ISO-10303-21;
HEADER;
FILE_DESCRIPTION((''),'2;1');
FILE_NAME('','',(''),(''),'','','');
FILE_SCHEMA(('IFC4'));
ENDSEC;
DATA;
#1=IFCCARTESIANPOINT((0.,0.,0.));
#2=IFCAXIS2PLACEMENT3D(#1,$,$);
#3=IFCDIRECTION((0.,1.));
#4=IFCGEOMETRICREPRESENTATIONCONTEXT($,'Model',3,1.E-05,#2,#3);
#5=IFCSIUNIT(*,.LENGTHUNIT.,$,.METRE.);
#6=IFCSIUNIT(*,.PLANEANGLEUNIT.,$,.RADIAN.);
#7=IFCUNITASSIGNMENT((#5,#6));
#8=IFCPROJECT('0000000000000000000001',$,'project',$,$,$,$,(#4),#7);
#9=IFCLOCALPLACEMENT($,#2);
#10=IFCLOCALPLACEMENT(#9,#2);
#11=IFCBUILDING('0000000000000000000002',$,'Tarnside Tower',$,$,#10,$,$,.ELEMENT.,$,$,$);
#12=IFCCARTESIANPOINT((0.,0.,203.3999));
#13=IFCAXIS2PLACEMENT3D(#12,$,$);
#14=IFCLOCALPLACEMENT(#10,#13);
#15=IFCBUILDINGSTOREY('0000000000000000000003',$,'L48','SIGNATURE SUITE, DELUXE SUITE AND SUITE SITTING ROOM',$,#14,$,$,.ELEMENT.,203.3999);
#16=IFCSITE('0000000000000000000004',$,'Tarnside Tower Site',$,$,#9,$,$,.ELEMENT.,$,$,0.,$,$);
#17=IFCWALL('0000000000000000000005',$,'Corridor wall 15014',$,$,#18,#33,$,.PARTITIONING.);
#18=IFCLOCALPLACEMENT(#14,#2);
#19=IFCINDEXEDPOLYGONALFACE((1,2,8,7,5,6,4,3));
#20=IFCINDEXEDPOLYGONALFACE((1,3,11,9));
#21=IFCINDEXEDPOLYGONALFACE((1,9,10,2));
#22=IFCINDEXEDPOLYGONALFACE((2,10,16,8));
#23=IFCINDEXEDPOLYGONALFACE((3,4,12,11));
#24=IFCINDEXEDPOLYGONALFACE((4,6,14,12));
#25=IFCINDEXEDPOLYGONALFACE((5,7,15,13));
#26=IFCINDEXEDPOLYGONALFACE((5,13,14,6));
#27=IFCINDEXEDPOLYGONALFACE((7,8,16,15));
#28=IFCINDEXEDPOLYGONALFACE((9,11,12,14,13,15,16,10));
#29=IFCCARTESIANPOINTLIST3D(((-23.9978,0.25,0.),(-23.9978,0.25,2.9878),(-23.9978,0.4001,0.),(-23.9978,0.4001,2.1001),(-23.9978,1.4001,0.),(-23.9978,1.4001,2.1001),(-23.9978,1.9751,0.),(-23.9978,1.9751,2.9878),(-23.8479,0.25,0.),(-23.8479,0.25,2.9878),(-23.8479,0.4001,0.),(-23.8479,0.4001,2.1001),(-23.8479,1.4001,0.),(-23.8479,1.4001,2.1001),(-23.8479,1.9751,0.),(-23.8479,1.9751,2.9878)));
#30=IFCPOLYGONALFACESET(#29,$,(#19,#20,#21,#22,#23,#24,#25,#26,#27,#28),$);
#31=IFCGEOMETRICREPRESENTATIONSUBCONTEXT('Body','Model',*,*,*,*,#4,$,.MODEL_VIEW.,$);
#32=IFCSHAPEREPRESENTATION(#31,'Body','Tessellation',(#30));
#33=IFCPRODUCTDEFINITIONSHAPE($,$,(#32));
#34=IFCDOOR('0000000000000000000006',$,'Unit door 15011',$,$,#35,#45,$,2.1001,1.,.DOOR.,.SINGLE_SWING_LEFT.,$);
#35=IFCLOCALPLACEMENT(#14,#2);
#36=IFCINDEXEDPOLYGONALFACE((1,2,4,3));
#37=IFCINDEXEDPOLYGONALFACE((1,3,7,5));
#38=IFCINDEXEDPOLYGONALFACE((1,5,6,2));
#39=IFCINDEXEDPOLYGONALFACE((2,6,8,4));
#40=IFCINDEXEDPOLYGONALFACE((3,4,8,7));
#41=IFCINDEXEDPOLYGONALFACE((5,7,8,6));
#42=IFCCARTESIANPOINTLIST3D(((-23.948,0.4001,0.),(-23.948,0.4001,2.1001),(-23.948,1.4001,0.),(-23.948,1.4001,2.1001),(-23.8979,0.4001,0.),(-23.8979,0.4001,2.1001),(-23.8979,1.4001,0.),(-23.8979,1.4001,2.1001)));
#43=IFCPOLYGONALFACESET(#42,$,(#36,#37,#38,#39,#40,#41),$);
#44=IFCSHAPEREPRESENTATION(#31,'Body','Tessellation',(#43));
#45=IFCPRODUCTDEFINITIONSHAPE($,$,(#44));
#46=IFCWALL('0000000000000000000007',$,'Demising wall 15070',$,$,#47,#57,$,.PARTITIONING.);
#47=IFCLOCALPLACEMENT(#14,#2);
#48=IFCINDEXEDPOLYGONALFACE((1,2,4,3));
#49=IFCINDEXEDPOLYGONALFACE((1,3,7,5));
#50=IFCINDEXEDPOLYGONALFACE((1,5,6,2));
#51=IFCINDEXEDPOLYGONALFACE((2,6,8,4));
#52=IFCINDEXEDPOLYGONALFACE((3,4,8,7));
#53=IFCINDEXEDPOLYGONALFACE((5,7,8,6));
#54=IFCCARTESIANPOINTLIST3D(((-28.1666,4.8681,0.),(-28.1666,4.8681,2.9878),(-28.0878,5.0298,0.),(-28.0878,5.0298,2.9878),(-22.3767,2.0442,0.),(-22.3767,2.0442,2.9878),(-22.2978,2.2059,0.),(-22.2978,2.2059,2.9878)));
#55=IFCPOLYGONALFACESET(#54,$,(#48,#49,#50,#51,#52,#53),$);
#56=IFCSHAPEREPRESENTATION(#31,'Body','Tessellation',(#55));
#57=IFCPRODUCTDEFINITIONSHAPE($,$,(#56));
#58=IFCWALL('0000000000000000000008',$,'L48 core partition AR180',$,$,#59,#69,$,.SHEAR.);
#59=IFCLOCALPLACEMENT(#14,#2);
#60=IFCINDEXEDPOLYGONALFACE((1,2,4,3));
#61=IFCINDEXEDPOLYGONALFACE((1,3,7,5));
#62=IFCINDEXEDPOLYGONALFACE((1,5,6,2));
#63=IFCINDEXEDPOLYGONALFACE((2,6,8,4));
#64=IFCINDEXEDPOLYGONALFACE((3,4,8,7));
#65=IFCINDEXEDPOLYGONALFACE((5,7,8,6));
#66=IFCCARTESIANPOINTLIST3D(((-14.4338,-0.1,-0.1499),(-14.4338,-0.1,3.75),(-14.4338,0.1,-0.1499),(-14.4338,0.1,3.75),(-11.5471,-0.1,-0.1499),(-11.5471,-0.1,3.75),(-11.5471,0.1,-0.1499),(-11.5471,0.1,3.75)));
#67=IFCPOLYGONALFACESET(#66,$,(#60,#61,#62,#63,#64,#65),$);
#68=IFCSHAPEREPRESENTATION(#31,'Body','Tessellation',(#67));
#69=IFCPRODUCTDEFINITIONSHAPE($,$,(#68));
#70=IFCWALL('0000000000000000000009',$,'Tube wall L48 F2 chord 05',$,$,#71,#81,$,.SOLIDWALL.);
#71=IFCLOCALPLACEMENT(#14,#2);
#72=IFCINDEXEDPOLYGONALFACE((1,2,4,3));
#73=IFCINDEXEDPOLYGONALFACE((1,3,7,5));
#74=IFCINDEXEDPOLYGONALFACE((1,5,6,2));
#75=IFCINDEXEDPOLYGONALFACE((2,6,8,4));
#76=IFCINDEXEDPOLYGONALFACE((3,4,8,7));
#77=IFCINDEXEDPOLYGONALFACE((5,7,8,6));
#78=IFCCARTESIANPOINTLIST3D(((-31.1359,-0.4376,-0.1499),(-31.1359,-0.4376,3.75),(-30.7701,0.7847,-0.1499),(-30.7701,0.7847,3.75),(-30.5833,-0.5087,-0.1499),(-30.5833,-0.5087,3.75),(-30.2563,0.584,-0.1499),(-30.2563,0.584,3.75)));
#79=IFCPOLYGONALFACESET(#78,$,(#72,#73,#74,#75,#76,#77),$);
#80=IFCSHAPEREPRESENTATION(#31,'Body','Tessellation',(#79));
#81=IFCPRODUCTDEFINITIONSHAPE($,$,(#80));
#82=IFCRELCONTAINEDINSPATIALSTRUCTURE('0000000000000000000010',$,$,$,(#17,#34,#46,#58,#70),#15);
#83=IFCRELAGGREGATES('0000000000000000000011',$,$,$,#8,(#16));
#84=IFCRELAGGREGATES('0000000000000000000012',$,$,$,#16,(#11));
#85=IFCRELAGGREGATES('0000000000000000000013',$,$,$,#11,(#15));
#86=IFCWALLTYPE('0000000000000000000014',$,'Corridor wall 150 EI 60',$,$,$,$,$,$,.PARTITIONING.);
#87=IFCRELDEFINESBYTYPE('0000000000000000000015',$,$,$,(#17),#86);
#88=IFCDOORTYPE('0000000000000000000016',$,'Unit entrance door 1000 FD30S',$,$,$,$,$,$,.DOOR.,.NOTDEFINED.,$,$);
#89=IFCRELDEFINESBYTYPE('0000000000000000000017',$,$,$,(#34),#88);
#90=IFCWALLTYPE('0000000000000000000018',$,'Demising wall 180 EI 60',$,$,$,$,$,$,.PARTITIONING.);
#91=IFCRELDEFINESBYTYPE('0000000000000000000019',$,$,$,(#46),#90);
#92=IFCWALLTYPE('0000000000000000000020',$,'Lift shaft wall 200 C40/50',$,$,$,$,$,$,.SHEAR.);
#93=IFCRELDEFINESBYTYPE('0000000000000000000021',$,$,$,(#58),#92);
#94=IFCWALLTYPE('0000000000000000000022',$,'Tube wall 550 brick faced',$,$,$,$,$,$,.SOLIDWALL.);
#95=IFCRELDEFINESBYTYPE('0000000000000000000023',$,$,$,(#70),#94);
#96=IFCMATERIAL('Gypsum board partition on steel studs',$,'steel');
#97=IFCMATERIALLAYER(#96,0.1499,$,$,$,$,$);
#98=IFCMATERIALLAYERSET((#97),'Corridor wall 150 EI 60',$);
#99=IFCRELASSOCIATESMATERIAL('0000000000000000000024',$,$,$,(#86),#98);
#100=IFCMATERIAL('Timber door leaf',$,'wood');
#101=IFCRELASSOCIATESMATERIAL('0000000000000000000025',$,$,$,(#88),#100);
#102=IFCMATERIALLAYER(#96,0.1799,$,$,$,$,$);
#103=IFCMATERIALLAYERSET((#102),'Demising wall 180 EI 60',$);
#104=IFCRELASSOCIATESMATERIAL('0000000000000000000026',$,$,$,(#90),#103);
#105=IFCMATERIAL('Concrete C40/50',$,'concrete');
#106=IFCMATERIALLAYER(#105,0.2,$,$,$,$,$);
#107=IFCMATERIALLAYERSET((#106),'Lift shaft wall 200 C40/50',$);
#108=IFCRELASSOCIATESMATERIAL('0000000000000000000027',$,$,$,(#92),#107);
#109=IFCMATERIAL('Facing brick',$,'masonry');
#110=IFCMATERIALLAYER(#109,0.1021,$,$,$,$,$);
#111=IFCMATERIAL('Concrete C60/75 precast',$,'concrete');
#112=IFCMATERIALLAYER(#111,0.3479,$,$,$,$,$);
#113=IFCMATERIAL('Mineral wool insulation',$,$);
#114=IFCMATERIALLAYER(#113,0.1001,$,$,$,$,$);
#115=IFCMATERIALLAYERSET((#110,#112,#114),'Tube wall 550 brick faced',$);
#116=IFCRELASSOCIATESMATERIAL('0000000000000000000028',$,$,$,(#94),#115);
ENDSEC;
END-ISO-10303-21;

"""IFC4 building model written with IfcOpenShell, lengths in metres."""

from ifc_helpers import new_model, si_unit, direction, frame, frame_2d, origin, place, context, subcontext, project, spatial, polyline, rectangle, outline, extrude, material, layer, layer_set, type_object, element, fill, save


model = new_model("IFC4")

# Units and contexts
model_context = context("Model", 3, precision=1e-05, world=origin(), true_north=direction((0.0, 1.0)))
body_context = subcontext(model_context, "Body", "Model", "MODEL_VIEW")
ifc_project = project(units=[si_unit("LENGTHUNIT", "METRE"), si_unit("PLANEANGLEUNIT", "RADIAN")], contexts=[model_context])

# Site, building, storey
site_placement = place(None, origin())
site = spatial("IfcSite", under=ifc_project, at=site_placement, Name="Tarnside Tower Site", CompositionType="ELEMENT", RefElevation=0.0)
building_placement = place(site_placement, origin())
building = spatial("IfcBuilding", under=site, at=building_placement, Name="Tarnside Tower", CompositionType="ELEMENT")
storey_placement = place(building_placement, frame((0.0, 0.0, 203.3999)))
storey = spatial("IfcBuildingStorey", under=building, at=storey_placement, Name="L48", Description="SIGNATURE SUITE, DELUXE SUITE AND SUITE SITTING ROOM", CompositionType="ELEMENT", Elevation=203.3999)

# Shared definitions
ifc_material_1 = material(Name="Gypsum board partition on steel studs", Category="steel")

# Shared definitions
ifc_material_2 = material(Name="Timber door leaf", Category="wood")

# Shared definitions
ifc_layer_1 = layer(ifc_material_1, 0.1499)
ifc_layer_set_1 = layer_set([ifc_layer_1], Name="Corridor wall 150 EI 60")
wall_type_1 = type_object("IfcWallType", Name="Corridor wall 150 EI 60", PredefinedType="PARTITIONING", material=ifc_layer_set_1)

# Wall, opening, door
wall_1_placement = place(storey_placement, frame((-23.9229, 1.9751, 0.0), z_axis=(0.0, 0.0, 1.0), x_axis=(0.0, -1.0, 0.0)))
wall_1 = element("IfcWall", 1, at=wall_1_placement, inside=storey, type_object=wall_type_1, Name="Corridor wall 15014", PredefinedType="PARTITIONING", context=body_context, shape_type="SweptSolid", body=[
    extrude(rectangle(XDim=1.7251, YDim=0.1499, at=frame_2d((0.8625, 0.0))), origin(), (0.0, 0.0, 1.0), 2.9878),
])
opening_1_placement = place(wall_1_placement, frame((0.575, 0.0, 0.0)))
opening_1 = element("IfcOpeningElement", 2, at=opening_1_placement, cuts=wall_1, PredefinedType="OPENING", context=body_context, shape_type="SweptSolid", body=[
    extrude(rectangle(XDim=1.0, YDim=2.1001, at=frame_2d((0.5, 1.05))), frame((0.0, 0.085, 0.0), z_axis=(0.0, -1.0, 0.0), x_axis=(1.0, 0.0, 0.0)), (0.0, 0.0, 1.0), 0.1699),
])
door_type_1 = type_object("IfcDoorType", Name="Unit entrance door 1000 FD30S", OperationType="NOTDEFINED", PredefinedType="DOOR", material=ifc_material_2)
door_1_placement = place(opening_1_placement, origin())
door_1 = element("IfcDoor", 3, at=door_1_placement, inside=storey, type_object=door_type_1, Name="Unit door 15011", OperationType="SINGLE_SWING_LEFT", OverallHeight=2.1001, OverallWidth=1.0, PredefinedType="DOOR", context=body_context, shape_type="SweptSolid", body=[
    extrude(rectangle(XDim=1.0, YDim=2.1001, at=frame_2d((0.5, 1.05))), frame((0.0, 0.0249, 0.0), z_axis=(0.0, -1.0, 0.0), x_axis=(1.0, 0.0, 0.0)), (0.0, 0.0, 1.0), 0.05),
])
fill(opening_1, door_1)

# Walls
ifc_layer_2 = layer(ifc_material_1, 0.1799)
ifc_layer_set_2 = layer_set([ifc_layer_2], Name="Demising wall 180 EI 60")
wall_type_2 = type_object("IfcWallType", Name="Demising wall 180 EI 60", PredefinedType="PARTITIONING", material=ifc_layer_set_2)
wall_2_placement = place(storey_placement, frame((-28.1272, 4.949, 0.0), z_axis=(0.0, 0.0, 1.0), x_axis=(0.898795, -0.438369, 0.0)))
element("IfcWall", 4, at=wall_2_placement, inside=storey, type_object=wall_type_2, Name="Demising wall 15070", PredefinedType="PARTITIONING", context=body_context, shape_type="SweptSolid", body=[
    extrude(rectangle(XDim=6.4419, YDim=0.1799, at=frame_2d((3.2209, 0.0))), origin(), (0.0, 0.0, 1.0), 2.9878),
])
ifc_material_3 = material(Name="Concrete C40/50", Category="concrete")
ifc_layer_3 = layer(ifc_material_3, 0.2)
ifc_layer_set_3 = layer_set([ifc_layer_3], Name="Lift shaft wall 200 C40/50")
wall_type_3 = type_object("IfcWallType", Name="Lift shaft wall 200 C40/50", PredefinedType="SHEAR", material=ifc_layer_set_3)
wall_3_placement = place(storey_placement, frame((-11.5471, 0.0, -0.1499), z_axis=(0.0, 0.0, 1.0), x_axis=(-1.0, 0.0, 0.0)))
element("IfcWall", 5, at=wall_3_placement, inside=storey, type_object=wall_type_3, Name="L48 core partition AR180", PredefinedType="SHEAR", context=body_context, shape_type="SweptSolid", body=[
    extrude(rectangle(XDim=2.8867, YDim=0.2, at=frame_2d((1.4434, 0.0))), origin(), (0.0, 0.0, 1.0), 3.8999),
])
ifc_material_4 = material(Name="Facing brick", Category="masonry")
ifc_layer_4 = layer(ifc_material_4, 0.1021)
ifc_material_5 = material(Name="Concrete C60/75 precast", Category="concrete")
ifc_layer_5 = layer(ifc_material_5, 0.3479)
ifc_material_6 = material(Name="Mineral wool insulation")
ifc_layer_6 = layer(ifc_material_6, 0.1001)
ifc_layer_set_4 = layer_set([ifc_layer_4, ifc_layer_5, ifc_layer_6], Name="Tube wall 550 brick faced")
wall_type_4 = type_object("IfcWallType", Name="Tube wall 550 brick faced", PredefinedType="SOLIDWALL", material=ifc_layer_set_4)
wall_4_placement = place(storey_placement, frame((-30.5132, 0.6843, -0.1499), z_axis=(0.0, 0.0, 1.0), x_axis=(-0.286736, -0.95801, 0.0)))
element("IfcWall", 6, at=wall_4_placement, inside=storey, type_object=wall_type_4, Name="Tube wall L48 F2 chord 05", PredefinedType="SOLIDWALL", context=body_context, shape_type="SweptSolid", body=[
    extrude(outline(polyline([(-0.0225, -0.2749), (1.2534, -0.2749), (1.1631, 0.2749), (0.0225, 0.2749), (-0.0225, -0.2749)])), origin(), (0.0, 0.0, 1.0), 3.8999),
])

save(model, "model.ifc")
